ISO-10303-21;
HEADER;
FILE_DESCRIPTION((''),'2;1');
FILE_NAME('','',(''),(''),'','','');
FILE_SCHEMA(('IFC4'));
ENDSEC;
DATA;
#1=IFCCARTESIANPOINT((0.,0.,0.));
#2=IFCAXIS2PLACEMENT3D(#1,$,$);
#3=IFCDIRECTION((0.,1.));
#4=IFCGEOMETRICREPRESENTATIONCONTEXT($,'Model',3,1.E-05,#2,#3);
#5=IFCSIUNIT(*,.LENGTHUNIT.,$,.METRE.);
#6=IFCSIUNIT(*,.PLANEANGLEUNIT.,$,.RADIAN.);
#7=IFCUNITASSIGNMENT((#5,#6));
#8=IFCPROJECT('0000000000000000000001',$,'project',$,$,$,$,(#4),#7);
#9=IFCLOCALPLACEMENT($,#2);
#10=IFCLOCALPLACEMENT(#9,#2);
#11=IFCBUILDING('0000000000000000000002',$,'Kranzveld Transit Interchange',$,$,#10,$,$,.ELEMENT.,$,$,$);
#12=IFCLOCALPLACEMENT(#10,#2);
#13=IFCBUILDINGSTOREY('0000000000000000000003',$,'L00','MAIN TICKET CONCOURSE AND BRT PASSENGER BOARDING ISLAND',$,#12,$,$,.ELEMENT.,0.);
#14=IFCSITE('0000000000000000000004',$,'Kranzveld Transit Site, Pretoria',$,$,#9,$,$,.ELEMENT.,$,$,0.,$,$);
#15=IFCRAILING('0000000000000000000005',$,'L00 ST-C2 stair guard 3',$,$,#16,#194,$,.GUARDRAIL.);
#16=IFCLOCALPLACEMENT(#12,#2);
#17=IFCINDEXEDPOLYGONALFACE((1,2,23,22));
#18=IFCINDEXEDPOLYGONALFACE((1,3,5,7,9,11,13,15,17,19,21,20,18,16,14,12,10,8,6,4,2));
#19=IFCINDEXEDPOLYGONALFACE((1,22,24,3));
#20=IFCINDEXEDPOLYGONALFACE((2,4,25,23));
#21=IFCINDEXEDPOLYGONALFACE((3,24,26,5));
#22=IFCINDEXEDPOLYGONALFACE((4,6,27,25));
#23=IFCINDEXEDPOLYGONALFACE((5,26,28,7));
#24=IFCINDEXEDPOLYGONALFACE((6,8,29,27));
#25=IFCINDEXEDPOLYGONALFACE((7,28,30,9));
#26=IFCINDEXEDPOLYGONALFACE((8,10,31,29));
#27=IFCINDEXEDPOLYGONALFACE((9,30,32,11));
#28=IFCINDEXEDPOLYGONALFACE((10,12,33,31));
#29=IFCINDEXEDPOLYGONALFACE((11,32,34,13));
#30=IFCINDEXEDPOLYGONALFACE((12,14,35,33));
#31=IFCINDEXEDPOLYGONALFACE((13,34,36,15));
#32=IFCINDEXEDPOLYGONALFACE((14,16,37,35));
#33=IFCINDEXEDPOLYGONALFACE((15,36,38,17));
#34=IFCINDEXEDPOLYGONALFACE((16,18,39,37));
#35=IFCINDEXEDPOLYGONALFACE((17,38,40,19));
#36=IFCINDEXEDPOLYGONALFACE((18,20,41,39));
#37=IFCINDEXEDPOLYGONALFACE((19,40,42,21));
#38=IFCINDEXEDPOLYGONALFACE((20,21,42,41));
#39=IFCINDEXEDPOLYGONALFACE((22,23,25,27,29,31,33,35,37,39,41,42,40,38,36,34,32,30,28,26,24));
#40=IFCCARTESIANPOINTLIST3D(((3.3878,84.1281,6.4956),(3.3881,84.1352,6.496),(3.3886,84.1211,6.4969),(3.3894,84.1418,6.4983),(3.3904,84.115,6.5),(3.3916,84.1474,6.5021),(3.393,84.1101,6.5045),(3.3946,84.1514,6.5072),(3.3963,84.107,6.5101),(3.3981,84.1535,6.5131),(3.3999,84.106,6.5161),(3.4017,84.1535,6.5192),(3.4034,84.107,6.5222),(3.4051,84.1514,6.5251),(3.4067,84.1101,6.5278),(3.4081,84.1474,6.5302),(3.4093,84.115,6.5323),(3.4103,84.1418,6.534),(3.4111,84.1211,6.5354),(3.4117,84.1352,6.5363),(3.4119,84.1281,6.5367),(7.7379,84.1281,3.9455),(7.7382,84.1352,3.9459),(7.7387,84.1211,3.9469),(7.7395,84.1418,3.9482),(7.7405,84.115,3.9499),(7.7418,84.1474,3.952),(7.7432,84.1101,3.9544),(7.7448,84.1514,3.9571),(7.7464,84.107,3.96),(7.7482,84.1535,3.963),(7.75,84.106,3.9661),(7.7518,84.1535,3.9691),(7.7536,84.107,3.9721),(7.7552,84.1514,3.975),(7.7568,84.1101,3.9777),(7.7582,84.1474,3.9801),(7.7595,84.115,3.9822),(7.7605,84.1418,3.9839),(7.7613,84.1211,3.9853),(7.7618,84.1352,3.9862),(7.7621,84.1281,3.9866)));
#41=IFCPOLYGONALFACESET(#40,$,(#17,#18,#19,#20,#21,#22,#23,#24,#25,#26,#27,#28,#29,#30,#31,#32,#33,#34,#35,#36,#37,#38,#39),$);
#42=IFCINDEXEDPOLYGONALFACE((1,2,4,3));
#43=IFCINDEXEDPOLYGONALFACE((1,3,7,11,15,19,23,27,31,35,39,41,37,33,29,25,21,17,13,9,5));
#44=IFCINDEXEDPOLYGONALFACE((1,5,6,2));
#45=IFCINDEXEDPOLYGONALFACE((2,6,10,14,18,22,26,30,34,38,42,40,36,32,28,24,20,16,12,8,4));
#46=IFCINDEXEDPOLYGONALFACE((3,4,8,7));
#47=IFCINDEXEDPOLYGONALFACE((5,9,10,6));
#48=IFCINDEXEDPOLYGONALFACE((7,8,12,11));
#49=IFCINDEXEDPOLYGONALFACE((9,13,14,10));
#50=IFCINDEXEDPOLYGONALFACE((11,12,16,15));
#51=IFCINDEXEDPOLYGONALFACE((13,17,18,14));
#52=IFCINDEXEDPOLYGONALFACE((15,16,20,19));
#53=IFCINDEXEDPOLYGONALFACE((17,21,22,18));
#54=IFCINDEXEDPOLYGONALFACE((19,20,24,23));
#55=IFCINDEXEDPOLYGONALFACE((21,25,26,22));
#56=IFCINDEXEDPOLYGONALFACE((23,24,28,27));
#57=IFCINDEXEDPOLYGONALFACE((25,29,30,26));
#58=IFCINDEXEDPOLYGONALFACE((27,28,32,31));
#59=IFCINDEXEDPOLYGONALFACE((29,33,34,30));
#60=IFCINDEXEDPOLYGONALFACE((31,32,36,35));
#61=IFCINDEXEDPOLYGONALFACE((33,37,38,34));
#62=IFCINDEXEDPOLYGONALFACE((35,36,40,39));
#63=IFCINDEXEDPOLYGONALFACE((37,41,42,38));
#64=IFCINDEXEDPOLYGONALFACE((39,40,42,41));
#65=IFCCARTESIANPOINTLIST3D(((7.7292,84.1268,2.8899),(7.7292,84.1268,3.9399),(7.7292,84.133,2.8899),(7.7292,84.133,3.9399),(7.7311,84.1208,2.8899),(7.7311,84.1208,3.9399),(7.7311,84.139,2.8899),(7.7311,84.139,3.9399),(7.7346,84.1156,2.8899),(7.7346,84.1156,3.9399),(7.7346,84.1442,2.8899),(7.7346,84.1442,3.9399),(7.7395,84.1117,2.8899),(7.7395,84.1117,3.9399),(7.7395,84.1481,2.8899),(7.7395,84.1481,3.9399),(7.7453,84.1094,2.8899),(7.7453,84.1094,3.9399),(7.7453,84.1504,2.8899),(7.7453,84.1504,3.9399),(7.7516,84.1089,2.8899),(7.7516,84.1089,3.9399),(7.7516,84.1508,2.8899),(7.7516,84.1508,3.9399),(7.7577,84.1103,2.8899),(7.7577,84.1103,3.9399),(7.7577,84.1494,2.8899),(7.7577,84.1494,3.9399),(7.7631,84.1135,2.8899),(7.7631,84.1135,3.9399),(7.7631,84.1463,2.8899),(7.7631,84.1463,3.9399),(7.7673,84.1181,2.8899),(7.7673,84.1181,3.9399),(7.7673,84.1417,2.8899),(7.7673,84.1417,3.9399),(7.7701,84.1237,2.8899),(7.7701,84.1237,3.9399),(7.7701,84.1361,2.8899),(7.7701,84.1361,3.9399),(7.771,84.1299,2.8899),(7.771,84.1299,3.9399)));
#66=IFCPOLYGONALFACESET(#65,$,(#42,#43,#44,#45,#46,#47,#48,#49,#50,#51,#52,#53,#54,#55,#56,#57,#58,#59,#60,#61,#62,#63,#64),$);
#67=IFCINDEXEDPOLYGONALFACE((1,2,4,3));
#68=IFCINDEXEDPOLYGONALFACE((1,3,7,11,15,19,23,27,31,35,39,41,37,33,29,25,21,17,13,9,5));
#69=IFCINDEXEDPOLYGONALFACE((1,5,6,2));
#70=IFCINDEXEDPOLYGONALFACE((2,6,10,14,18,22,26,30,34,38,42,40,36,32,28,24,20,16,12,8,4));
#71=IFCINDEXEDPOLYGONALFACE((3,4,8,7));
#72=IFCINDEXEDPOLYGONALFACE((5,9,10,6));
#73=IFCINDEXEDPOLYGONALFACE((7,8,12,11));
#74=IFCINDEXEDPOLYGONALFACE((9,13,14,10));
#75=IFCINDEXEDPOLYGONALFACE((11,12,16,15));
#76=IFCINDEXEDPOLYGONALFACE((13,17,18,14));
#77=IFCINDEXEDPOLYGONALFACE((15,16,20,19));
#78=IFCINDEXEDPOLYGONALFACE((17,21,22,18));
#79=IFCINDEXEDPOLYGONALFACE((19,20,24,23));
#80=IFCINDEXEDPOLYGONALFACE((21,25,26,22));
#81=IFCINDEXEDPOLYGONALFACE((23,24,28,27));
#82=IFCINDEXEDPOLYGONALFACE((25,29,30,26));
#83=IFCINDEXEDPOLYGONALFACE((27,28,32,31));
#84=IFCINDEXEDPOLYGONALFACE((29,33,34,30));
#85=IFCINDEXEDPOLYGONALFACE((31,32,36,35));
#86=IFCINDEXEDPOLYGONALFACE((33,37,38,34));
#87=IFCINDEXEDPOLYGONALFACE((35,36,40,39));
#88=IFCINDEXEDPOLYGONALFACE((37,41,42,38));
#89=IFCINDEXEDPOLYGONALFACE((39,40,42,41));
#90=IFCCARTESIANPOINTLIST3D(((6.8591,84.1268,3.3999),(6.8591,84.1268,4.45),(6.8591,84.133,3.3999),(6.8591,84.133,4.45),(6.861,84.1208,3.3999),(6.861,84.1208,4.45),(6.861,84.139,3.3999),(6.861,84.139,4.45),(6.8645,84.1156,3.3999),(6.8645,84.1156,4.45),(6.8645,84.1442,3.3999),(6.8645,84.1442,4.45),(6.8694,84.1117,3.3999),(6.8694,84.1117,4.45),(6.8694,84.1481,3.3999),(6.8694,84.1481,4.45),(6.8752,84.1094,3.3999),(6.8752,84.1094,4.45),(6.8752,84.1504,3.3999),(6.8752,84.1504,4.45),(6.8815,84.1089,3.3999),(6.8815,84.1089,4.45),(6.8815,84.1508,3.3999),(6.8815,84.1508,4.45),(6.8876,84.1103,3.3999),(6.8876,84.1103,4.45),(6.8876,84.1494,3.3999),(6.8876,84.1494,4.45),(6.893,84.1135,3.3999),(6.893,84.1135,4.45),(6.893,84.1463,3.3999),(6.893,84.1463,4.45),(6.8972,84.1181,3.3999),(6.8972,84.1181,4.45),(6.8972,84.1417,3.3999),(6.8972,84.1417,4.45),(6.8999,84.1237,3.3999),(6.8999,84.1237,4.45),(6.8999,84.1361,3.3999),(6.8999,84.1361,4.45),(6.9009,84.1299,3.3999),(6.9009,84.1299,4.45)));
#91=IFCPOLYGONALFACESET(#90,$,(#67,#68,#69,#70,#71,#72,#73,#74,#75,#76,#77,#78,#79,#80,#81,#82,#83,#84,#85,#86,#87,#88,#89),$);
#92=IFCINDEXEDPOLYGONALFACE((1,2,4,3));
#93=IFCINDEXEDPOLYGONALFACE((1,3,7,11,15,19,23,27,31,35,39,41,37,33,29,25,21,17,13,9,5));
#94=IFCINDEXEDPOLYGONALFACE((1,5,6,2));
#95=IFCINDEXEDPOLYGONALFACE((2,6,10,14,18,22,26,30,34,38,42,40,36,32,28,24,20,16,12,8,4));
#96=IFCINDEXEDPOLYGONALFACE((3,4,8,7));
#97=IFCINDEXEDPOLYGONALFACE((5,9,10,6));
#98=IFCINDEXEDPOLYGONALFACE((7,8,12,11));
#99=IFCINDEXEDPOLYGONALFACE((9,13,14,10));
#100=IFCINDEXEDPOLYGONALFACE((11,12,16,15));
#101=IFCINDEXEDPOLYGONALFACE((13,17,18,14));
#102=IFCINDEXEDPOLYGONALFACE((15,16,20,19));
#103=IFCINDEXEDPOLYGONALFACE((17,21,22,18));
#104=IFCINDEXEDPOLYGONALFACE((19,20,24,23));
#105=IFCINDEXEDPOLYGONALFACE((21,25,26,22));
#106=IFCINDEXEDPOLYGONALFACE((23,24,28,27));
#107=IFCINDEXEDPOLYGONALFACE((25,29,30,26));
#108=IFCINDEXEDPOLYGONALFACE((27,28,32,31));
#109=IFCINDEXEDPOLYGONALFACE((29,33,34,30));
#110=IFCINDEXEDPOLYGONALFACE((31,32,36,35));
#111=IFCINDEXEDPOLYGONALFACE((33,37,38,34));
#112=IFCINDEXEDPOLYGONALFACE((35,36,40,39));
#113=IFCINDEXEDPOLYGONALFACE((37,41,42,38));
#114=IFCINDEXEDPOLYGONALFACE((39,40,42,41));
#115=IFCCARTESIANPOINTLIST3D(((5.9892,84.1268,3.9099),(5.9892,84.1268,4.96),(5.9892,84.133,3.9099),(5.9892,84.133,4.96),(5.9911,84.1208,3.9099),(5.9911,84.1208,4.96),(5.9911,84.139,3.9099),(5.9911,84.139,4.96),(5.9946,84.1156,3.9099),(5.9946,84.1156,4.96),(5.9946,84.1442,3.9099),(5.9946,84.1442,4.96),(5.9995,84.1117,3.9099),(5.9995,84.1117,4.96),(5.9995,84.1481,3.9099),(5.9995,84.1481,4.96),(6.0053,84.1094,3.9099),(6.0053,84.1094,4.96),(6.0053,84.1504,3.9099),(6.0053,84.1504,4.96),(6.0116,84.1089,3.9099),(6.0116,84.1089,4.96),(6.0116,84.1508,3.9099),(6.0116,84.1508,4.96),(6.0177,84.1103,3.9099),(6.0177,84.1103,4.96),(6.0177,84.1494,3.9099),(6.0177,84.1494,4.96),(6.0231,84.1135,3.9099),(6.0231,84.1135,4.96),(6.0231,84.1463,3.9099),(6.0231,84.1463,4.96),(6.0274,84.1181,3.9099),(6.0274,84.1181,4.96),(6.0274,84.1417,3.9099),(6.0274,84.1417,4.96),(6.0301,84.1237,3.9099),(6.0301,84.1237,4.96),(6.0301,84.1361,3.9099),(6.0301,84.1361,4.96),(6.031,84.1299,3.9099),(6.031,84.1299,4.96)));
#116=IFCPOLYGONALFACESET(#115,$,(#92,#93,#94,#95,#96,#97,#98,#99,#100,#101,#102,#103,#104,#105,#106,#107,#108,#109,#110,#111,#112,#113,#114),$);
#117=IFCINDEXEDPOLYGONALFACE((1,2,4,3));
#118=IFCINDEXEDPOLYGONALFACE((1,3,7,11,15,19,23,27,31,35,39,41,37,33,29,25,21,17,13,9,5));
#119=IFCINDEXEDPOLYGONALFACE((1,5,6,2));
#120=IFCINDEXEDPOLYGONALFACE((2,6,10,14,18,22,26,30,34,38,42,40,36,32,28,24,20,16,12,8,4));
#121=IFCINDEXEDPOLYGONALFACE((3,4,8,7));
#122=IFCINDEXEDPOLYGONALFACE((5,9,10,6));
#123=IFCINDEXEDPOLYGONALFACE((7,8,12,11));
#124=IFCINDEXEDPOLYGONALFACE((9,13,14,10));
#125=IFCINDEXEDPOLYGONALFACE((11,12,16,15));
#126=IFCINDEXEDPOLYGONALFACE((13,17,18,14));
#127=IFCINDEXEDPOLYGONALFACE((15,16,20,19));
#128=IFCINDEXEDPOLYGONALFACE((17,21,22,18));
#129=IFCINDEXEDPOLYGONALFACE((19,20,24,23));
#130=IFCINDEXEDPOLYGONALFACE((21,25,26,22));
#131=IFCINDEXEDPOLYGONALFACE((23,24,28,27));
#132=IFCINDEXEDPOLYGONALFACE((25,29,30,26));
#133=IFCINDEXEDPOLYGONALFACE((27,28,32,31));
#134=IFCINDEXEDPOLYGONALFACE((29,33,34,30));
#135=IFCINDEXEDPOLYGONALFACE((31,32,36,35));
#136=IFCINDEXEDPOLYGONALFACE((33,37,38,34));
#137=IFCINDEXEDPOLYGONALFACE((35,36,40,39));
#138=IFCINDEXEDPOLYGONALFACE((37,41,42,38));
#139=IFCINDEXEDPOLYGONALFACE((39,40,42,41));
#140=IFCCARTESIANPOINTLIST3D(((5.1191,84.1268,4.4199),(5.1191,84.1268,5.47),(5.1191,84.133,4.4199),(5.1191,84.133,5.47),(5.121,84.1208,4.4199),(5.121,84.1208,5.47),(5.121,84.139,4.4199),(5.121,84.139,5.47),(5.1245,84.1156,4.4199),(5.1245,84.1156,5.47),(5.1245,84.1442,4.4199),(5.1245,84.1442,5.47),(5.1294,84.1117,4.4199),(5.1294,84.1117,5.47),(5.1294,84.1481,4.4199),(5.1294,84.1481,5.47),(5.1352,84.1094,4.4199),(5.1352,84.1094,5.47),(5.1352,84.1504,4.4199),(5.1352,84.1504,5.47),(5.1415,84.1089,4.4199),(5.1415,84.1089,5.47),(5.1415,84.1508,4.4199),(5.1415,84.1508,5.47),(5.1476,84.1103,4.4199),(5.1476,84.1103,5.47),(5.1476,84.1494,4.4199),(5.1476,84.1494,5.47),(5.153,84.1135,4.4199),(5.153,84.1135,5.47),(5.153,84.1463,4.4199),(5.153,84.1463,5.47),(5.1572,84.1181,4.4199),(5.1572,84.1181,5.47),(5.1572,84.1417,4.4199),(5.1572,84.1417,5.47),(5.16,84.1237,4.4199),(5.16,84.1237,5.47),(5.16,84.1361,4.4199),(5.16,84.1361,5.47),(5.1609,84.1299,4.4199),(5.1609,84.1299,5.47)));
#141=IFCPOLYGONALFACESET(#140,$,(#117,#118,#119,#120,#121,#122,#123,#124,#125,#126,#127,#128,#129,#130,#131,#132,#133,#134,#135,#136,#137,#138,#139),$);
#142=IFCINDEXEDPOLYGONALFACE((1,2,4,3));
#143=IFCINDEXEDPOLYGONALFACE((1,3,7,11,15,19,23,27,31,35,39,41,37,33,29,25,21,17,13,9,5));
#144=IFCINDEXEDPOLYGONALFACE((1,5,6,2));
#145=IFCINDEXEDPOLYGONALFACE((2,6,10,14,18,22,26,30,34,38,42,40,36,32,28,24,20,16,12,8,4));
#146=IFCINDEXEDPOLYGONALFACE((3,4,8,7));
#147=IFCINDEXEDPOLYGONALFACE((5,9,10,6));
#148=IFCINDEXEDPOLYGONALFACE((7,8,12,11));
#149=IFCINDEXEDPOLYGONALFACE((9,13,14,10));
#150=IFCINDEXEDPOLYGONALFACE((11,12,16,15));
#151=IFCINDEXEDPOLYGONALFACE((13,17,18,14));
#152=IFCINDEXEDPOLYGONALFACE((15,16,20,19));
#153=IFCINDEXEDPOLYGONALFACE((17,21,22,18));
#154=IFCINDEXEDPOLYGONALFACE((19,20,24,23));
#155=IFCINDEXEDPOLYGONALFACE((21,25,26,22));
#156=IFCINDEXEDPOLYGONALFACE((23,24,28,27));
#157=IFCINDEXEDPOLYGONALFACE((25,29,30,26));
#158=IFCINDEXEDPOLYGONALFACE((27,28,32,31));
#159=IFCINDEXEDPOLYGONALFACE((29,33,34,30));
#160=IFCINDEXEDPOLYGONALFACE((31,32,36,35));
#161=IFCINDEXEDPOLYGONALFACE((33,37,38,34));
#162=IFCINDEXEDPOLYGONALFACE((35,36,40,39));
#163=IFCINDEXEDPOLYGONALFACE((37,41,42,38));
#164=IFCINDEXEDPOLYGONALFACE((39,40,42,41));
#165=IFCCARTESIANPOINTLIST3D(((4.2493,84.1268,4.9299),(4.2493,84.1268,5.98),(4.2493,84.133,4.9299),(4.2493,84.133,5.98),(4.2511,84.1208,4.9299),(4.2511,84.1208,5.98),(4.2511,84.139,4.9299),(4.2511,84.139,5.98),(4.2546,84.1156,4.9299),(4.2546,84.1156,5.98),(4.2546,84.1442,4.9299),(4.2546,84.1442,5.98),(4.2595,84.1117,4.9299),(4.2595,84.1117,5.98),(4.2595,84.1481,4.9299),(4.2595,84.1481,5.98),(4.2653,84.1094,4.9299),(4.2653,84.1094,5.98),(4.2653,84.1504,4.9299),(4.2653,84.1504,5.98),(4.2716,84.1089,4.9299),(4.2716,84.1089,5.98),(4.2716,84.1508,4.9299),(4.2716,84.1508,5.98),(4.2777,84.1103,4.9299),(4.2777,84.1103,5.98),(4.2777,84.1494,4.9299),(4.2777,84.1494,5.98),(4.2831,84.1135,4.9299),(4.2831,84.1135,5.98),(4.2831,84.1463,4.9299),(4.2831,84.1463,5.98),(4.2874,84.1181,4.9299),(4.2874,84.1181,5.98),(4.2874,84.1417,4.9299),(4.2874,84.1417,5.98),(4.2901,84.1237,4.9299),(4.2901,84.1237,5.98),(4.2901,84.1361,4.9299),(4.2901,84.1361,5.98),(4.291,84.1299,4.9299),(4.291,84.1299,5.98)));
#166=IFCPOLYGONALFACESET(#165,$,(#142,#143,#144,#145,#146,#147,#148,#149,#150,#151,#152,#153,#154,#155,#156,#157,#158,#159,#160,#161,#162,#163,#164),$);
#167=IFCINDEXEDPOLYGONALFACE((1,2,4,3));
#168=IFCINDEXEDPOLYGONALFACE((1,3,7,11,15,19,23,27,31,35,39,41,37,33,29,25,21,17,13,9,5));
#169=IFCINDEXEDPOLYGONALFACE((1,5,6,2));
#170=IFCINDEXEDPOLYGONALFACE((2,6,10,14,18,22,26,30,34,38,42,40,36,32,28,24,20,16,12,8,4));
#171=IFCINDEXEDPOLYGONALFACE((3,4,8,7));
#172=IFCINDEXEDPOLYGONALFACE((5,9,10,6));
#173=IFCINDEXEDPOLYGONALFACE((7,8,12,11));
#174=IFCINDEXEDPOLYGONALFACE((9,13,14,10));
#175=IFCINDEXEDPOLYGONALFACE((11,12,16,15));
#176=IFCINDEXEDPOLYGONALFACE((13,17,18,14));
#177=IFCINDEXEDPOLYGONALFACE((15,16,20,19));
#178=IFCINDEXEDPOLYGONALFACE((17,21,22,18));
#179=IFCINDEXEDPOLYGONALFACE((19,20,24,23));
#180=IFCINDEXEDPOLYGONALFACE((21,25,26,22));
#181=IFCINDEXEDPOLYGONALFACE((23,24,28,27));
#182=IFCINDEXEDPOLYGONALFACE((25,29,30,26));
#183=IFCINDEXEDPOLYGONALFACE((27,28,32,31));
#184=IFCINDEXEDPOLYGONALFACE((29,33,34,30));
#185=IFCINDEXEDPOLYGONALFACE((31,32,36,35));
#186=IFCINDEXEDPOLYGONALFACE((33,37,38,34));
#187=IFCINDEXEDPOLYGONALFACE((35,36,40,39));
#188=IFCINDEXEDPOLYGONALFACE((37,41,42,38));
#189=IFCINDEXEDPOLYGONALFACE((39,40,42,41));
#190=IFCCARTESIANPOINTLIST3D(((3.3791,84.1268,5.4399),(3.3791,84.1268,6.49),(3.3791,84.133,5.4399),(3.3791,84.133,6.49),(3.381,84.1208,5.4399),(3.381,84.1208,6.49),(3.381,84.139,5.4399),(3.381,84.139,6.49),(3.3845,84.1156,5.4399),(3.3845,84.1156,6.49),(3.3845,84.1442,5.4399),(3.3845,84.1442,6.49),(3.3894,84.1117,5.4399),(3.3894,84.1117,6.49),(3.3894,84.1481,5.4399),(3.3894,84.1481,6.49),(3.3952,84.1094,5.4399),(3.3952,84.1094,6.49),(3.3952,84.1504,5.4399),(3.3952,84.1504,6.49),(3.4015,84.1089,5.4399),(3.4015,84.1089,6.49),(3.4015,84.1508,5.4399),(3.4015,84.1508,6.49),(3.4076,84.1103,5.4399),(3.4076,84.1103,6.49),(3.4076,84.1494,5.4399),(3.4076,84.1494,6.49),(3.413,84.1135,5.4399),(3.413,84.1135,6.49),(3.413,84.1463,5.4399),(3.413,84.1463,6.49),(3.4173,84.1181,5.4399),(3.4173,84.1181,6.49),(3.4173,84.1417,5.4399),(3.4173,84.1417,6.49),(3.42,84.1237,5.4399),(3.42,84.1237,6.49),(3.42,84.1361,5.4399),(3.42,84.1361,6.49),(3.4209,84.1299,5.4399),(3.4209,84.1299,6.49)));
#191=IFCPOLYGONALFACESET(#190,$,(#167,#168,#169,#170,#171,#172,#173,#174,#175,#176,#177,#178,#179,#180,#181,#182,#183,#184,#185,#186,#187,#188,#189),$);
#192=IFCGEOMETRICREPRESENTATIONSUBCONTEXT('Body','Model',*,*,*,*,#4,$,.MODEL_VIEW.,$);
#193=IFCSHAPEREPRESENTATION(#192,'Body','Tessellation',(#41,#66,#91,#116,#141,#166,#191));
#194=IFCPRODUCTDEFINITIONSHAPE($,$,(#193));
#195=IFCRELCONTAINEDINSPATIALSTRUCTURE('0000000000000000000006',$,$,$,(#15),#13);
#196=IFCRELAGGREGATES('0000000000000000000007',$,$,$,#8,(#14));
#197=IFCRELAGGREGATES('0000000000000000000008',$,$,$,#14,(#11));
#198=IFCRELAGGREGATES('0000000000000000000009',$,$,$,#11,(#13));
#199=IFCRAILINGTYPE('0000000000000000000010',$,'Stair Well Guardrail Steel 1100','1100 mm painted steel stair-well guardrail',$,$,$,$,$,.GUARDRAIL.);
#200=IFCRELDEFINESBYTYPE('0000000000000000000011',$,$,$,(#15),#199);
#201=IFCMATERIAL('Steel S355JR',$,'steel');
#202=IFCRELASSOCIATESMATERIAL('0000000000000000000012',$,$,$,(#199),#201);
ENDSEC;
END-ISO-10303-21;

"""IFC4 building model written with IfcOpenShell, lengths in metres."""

from ifc_helpers import new_model, si_unit, direction, frame, origin, origin_2d, place, context, subcontext, project, spatial, circle, extrude, material, type_object, element, save


model = new_model("IFC4")

# Units and contexts
model_context = context("Model", 3, precision=1e-05, world=origin(), true_north=direction((0.0, 1.0)))
body_context = subcontext(model_context, "Body", "Model", "MODEL_VIEW")
ifc_project = project(units=[si_unit("LENGTHUNIT", "METRE"), si_unit("PLANEANGLEUNIT", "RADIAN")], contexts=[model_context])

# Site, building, storey
site_placement = place(None, origin())
site = spatial("IfcSite", under=ifc_project, at=site_placement, Name="Kranzveld Transit Site, Pretoria", CompositionType="ELEMENT", RefElevation=0.0)
building_placement = place(site_placement, origin())
building = spatial("IfcBuilding", under=site, at=building_placement, Name="Kranzveld Transit Interchange", CompositionType="ELEMENT")
storey_placement = place(building_placement, origin())
storey = spatial("IfcBuildingStorey", under=building, at=storey_placement, Name="L00", Description="MAIN TICKET CONCOURSE AND BRT PASSENGER BOARDING ISLAND", CompositionType="ELEMENT", Elevation=0.0)

# Railing
ifc_material_1 = material(Name="Steel S355JR", Category="steel")
railing_type_1 = type_object("IfcRailingType", Name="Stair Well Guardrail Steel 1100", Description="1100 mm painted steel stair-well guardrail", PredefinedType="GUARDRAIL", material=ifc_material_1)
railing_1_placement = place(storey_placement, frame((7.75, 84.1299, 2.8899)))
element("IfcRailing", 1, at=railing_1_placement, inside=storey, type_object=railing_type_1, Name="L00 ST-C2 stair guard 3", PredefinedType="GUARDRAIL", context=body_context, shape_type="SweptSolid", body=[
    extrude(circle(Radius=0.0239, at=origin_2d()), frame((0.0, 0.0, 1.0762), z_axis=(-0.862699, 0.0, 0.505718), x_axis=(0.0, -1.0, 0.0)), (0.0, 0.0, 1.0), 5.0425),
    extrude(circle(Radius=0.021, at=origin_2d()), origin(), (0.0, 0.0, 1.0), 1.05),
    extrude(circle(Radius=0.021, at=origin_2d()), frame((-0.8701, 0.0, 0.51)), (0.0, 0.0, 1.0), 1.05),
    extrude(circle(Radius=0.021, at=origin_2d()), frame((-1.74, 0.0, 1.02)), (0.0, 0.0, 1.0), 1.05),
    extrude(circle(Radius=0.021, at=origin_2d()), frame((-2.6101, 0.0, 1.53)), (0.0, 0.0, 1.0), 1.05),
    extrude(circle(Radius=0.021, at=origin_2d()), frame((-3.48, 0.0, 2.04)), (0.0, 0.0, 1.0), 1.05),
    extrude(circle(Radius=0.021, at=origin_2d()), frame((-4.3501, 0.0, 2.55)), (0.0, 0.0, 1.0), 1.05),
])

save(model, "model.ifc")
